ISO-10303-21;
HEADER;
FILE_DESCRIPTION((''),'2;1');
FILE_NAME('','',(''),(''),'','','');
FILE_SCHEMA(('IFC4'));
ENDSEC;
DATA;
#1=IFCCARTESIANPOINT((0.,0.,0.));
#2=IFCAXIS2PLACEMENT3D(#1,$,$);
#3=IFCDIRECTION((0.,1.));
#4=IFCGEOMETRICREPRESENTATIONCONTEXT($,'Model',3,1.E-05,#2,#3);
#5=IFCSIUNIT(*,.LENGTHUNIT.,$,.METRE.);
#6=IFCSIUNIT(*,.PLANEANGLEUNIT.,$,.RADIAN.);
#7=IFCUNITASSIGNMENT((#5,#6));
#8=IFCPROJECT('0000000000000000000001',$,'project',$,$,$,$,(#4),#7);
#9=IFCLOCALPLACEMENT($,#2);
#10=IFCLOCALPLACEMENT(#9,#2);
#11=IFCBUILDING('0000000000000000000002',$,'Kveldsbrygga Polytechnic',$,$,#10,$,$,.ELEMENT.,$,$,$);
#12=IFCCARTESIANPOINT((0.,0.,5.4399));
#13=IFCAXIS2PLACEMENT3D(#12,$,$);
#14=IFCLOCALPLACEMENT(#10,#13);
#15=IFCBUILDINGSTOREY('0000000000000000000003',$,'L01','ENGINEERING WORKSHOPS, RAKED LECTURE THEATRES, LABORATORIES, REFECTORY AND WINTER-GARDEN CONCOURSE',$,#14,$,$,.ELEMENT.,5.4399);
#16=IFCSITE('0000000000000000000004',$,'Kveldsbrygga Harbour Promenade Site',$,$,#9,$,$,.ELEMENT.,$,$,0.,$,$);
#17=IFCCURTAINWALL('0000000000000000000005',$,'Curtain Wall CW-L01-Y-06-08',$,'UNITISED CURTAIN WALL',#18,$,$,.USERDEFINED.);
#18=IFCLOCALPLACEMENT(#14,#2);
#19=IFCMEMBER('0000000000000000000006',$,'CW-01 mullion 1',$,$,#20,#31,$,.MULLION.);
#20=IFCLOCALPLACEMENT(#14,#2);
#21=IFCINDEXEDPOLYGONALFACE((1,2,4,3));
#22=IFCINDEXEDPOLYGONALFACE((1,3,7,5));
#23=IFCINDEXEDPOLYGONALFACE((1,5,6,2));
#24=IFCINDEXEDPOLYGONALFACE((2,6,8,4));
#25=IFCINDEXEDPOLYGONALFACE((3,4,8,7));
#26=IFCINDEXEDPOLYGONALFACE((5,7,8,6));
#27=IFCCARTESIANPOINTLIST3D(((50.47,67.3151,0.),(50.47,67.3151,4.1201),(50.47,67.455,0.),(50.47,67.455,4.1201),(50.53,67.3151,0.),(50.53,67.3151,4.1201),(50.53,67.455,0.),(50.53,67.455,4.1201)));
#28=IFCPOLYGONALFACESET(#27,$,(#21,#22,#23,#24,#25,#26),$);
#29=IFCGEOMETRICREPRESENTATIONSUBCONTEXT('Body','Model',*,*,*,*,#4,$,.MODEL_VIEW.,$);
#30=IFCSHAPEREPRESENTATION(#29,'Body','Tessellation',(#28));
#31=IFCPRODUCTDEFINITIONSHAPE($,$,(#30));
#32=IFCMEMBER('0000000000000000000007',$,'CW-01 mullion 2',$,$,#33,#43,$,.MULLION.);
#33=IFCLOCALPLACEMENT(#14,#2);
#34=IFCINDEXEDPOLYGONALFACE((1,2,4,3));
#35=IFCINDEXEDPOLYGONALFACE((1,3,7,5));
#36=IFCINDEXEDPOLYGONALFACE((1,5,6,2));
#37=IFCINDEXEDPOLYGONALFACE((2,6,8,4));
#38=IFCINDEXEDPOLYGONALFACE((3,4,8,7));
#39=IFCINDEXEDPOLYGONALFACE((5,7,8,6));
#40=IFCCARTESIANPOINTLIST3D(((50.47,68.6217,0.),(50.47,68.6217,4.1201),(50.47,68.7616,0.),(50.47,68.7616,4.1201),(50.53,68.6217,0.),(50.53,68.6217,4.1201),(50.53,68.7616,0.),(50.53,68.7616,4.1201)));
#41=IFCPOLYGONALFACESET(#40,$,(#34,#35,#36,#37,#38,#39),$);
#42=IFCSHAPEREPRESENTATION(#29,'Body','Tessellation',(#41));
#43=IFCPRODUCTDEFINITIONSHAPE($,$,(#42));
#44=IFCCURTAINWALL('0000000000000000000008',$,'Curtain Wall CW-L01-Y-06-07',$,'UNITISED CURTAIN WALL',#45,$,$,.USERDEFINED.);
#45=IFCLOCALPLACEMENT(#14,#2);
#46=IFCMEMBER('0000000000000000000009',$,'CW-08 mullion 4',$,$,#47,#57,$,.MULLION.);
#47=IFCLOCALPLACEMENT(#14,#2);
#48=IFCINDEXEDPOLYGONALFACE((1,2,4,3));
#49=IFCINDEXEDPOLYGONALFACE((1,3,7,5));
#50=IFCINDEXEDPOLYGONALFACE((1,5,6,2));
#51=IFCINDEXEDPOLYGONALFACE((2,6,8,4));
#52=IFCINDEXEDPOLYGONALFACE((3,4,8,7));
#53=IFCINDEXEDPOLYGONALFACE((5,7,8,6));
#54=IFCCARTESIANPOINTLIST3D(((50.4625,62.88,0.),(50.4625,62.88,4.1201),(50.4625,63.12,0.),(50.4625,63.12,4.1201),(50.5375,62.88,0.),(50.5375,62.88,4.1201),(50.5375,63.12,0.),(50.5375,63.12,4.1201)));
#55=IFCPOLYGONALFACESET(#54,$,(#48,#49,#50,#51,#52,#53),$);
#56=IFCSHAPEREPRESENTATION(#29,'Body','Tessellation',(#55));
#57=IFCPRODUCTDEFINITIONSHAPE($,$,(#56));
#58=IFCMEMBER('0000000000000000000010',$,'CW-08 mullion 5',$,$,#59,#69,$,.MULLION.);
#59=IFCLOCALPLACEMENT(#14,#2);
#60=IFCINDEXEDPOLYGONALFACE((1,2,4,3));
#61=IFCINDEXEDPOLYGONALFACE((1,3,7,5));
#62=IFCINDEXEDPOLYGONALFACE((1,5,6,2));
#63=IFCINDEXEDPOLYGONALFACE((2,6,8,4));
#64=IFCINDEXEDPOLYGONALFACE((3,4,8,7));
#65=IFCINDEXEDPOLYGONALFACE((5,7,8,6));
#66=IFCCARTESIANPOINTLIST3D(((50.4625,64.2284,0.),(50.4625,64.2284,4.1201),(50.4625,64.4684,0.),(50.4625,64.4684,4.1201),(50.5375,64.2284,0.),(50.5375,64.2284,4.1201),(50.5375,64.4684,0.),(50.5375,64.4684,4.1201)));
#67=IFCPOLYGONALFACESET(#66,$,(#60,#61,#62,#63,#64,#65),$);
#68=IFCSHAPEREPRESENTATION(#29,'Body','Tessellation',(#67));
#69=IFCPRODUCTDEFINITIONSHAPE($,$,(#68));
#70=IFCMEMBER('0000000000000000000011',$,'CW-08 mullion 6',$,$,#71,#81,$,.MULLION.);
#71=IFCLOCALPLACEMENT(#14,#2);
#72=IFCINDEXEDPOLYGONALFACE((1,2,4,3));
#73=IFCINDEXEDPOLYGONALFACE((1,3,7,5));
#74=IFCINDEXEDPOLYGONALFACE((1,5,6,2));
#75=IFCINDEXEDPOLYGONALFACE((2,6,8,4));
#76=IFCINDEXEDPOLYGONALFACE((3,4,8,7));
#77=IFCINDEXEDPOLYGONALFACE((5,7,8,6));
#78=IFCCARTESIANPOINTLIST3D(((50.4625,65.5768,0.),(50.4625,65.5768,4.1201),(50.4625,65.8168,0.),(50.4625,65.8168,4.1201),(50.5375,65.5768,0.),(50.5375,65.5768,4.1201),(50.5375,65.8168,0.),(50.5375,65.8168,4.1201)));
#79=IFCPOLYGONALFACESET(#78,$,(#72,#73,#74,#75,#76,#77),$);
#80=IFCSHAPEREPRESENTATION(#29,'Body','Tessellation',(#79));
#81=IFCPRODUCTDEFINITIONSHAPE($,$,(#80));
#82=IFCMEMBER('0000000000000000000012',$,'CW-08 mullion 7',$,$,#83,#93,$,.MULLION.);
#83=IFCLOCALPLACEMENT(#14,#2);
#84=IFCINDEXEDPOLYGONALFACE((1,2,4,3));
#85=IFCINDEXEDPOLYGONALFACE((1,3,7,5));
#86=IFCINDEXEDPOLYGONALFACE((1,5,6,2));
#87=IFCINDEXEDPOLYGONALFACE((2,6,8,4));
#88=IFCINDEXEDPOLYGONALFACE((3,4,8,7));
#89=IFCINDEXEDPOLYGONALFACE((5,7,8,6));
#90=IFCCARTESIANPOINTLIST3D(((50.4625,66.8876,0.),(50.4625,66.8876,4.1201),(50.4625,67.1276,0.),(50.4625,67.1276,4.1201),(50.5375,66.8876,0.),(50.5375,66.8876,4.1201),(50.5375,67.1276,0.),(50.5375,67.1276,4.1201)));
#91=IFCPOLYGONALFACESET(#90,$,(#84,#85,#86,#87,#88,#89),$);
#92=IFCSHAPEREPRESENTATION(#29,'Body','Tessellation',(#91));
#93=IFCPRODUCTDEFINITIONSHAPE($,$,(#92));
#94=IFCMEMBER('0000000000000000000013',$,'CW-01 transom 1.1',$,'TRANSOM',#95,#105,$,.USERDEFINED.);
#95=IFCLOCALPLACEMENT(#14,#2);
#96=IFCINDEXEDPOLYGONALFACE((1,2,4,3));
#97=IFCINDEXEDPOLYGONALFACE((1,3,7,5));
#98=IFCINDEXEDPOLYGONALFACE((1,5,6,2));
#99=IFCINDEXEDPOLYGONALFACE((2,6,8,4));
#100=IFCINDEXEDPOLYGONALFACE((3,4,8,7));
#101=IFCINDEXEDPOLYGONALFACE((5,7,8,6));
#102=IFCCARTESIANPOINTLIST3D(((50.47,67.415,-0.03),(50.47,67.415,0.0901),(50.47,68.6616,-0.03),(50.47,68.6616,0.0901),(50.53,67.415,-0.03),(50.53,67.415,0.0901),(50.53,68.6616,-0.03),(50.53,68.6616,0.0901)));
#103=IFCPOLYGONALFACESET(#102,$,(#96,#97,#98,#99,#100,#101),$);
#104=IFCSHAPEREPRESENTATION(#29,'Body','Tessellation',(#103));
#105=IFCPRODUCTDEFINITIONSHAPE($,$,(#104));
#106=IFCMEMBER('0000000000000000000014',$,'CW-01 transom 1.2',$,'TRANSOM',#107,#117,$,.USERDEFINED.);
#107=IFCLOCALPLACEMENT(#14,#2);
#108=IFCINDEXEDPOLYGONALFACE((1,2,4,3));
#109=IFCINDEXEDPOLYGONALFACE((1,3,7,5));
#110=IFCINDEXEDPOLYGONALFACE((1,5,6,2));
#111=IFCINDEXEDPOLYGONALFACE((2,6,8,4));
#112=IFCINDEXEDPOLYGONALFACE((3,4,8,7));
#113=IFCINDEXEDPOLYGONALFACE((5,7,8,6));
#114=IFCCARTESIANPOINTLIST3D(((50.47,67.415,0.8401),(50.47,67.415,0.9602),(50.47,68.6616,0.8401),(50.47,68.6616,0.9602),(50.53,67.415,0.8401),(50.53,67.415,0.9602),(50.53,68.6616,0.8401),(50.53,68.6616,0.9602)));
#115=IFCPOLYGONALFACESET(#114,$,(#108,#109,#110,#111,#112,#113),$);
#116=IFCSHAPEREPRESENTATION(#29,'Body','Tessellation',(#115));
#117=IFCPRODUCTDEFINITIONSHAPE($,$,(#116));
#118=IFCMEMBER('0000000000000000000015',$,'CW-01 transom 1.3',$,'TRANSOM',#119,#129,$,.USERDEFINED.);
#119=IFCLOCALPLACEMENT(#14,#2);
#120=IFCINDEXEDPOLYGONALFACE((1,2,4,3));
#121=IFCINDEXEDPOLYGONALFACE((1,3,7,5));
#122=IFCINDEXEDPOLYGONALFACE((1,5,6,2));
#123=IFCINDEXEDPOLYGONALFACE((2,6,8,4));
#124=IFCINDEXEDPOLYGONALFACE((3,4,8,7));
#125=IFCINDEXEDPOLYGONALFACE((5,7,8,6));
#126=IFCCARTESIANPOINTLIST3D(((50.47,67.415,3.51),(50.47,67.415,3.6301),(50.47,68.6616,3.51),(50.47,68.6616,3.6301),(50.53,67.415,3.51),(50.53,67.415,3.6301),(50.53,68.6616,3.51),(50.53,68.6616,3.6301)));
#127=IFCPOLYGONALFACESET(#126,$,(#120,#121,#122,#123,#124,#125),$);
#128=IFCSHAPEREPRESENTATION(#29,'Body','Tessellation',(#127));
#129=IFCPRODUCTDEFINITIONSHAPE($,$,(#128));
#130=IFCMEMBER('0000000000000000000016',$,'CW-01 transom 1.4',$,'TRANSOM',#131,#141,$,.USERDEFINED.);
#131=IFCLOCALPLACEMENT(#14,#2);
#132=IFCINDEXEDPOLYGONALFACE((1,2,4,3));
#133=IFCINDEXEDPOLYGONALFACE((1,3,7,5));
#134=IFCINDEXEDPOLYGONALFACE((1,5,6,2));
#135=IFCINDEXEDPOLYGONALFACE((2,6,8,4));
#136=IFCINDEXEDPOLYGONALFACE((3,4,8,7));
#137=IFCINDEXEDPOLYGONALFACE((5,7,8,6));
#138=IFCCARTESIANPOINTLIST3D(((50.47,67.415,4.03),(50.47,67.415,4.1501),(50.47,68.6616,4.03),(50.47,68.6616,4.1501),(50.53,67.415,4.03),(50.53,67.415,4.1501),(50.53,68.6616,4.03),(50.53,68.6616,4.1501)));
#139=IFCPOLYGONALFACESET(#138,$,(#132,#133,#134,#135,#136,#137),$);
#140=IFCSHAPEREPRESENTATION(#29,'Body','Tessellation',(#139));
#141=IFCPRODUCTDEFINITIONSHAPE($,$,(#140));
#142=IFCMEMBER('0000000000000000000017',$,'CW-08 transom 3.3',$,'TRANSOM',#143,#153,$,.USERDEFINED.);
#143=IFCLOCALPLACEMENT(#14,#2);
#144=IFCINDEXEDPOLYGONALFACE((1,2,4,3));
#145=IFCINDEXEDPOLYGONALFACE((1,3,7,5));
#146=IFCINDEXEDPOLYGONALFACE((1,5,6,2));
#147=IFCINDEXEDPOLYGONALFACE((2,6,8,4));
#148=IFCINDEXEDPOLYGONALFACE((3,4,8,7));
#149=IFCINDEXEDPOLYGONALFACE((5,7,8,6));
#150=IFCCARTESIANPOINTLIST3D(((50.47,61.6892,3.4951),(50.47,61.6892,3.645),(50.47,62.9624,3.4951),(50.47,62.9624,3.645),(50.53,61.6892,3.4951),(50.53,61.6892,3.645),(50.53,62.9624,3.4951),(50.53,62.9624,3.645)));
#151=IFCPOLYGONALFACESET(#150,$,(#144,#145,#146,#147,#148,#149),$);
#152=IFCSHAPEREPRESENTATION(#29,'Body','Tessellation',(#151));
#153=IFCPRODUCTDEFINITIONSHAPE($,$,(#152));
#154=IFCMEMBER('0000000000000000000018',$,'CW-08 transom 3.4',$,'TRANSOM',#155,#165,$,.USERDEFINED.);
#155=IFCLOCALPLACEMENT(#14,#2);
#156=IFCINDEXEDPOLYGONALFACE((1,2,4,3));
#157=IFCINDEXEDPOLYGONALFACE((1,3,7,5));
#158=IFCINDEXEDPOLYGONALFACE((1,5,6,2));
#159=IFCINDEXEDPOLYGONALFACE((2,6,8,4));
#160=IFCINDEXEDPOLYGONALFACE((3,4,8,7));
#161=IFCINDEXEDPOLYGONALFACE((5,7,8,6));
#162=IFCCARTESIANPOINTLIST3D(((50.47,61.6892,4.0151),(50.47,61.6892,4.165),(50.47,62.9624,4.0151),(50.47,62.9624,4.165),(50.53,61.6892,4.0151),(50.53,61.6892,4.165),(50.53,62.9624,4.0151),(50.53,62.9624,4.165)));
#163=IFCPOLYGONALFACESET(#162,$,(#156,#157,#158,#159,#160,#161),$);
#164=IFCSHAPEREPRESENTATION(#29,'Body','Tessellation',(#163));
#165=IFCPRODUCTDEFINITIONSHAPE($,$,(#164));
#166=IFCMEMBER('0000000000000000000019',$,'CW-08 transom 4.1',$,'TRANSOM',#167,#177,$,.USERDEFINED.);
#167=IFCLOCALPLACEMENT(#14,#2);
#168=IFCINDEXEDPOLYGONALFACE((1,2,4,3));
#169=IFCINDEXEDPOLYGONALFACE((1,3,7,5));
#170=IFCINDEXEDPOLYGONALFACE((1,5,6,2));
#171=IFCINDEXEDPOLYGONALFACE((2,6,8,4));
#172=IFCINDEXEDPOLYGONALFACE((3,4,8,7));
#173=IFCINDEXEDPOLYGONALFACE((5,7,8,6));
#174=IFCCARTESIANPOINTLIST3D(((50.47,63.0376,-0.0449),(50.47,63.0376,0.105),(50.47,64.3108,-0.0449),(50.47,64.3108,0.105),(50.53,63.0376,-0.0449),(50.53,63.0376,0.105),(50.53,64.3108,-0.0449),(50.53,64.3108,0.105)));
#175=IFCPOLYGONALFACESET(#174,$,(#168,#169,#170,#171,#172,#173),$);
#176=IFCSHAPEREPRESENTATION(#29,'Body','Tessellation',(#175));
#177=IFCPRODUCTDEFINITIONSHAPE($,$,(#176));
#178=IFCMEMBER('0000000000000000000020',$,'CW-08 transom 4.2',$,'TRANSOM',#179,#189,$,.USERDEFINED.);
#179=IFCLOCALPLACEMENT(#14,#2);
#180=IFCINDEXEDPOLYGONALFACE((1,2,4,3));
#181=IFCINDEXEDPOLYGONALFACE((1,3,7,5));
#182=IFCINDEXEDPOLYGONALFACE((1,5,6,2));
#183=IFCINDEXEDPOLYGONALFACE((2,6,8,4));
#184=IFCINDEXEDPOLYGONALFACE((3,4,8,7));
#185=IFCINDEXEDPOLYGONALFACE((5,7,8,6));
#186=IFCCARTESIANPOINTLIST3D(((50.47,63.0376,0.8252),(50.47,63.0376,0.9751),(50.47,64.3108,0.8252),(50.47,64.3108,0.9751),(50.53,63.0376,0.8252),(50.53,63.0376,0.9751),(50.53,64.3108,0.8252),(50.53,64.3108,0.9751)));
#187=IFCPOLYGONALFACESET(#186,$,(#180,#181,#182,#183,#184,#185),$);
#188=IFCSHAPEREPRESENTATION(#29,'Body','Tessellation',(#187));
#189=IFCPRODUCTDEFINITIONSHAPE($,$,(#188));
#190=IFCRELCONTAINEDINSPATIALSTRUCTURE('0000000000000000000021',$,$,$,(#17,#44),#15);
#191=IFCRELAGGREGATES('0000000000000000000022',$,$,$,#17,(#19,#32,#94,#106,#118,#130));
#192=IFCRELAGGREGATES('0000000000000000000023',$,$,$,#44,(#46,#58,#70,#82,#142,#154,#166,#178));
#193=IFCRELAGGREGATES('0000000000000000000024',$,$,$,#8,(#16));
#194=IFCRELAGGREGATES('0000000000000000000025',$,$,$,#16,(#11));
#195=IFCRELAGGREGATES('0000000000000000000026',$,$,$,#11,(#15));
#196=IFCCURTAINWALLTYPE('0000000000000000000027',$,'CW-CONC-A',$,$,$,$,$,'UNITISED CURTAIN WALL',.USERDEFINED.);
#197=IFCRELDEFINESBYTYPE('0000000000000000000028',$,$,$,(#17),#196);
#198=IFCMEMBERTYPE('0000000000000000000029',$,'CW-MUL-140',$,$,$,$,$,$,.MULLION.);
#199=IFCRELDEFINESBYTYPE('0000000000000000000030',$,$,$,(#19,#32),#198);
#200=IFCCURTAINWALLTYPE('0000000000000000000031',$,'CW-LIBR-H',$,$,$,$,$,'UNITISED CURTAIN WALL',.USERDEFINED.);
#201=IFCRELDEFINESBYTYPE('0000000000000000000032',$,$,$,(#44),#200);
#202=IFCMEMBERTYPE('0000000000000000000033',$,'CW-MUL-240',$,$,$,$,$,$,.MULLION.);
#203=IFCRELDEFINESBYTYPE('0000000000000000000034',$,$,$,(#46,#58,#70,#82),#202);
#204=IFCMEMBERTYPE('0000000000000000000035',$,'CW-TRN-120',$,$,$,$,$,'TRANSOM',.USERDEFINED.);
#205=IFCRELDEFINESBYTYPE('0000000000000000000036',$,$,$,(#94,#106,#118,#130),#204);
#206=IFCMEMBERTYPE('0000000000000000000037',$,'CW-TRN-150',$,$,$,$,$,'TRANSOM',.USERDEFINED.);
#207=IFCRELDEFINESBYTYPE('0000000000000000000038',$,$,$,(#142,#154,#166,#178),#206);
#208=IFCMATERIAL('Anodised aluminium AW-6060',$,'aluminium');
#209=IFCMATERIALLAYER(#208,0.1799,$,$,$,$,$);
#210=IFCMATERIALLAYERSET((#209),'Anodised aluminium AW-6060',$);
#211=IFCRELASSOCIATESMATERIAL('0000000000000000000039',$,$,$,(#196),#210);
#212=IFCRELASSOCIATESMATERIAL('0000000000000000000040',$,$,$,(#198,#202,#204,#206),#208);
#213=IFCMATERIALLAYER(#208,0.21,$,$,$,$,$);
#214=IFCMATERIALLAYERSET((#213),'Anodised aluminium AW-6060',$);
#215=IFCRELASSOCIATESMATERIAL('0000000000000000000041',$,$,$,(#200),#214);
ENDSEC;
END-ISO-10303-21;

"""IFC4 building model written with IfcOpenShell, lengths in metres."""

from ifc_helpers import new_model, si_unit, direction, frame, origin, origin_2d, place, context, subcontext, project, spatial, rectangle, extrude, material, layer, layer_set, material_profile, profile_set, type_object, element, aggregate, save


model = new_model("IFC4")

# Units and contexts
model_context = context("Model", 3, precision=1e-05, world=origin(), true_north=direction((0.0, 1.0)))
body_context = subcontext(model_context, "Body", "Model", "MODEL_VIEW")
ifc_project = project(units=[si_unit("LENGTHUNIT", "METRE"), si_unit("PLANEANGLEUNIT", "RADIAN")], contexts=[model_context])

# Site, building, storey
site_placement = place(None, origin())
site = spatial("IfcSite", under=ifc_project, at=site_placement, Name="Kveldsbrygga Harbour Promenade Site", CompositionType="ELEMENT", RefElevation=0.0)
building_placement = place(site_placement, origin())
building = spatial("IfcBuilding", under=site, at=building_placement, Name="Kveldsbrygga Polytechnic", CompositionType="ELEMENT")
storey_placement = place(building_placement, frame((0.0, 0.0, 5.4399)))
storey = spatial("IfcBuildingStorey", under=building, at=storey_placement, Name="L01", Description="ENGINEERING WORKSHOPS, RAKED LECTURE THEATRES, LABORATORIES, REFECTORY AND WINTER-GARDEN CONCOURSE", CompositionType="ELEMENT", Elevation=5.4399)

# Curtain walls, members
ifc_material_1 = material(Name="Anodised aluminium AW-6060", Category="aluminium")
ifc_layer_1 = layer(ifc_material_1, 0.1799)
ifc_layer_set_1 = layer_set([ifc_layer_1], Name="Anodised aluminium AW-6060")
curtain_wall_type_1 = type_object("IfcCurtainWallType", Name="CW-CONC-A", ElementType="UNITISED CURTAIN WALL", PredefinedType="USERDEFINED", material=ifc_layer_set_1)
curtain_wall_1_placement = place(storey_placement, origin())
curtain_wall_1 = element("IfcCurtainWall", 1, at=curtain_wall_1_placement, inside=storey, type_object=curtain_wall_type_1, Name="Curtain Wall CW-L01-Y-06-08", ObjectType="UNITISED CURTAIN WALL", PredefinedType="USERDEFINED")
ifc_material_profile_1 = material_profile(ifc_material_1, rectangle(XDim=0.0601, YDim=0.1399, at=origin_2d()), Name="ALU 60x140")
ifc_profile_set_1 = profile_set([ifc_material_profile_1], Name="Anodised aluminium AW-6060")
member_type_1 = type_object("IfcMemberType", Name="CW-MUL-140", PredefinedType="MULLION", material=ifc_profile_set_1)
member_1_placement = place(storey_placement, frame((50.5, 67.385, 0.0), z_axis=(0.0, 0.0, 1.0), x_axis=(-1.0, 0.0, 0.0)))
member_1 = element("IfcMember", 2, at=member_1_placement, type_object=member_type_1, Name="CW-01 mullion 1", PredefinedType="MULLION", context=body_context, shape_type="SweptSolid", body=[
    extrude(rectangle(XDim=0.0601, YDim=0.1399, at=origin_2d()), origin(), (0.0, 0.0, 1.0), 4.1201),
])
member_2_placement = place(storey_placement, frame((50.5, 68.6917, 0.0), z_axis=(0.0, 0.0, 1.0), x_axis=(-1.0, 0.0, 0.0)))
member_2 = element("IfcMember", 3, at=member_2_placement, type_object=member_type_1, Name="CW-01 mullion 2", PredefinedType="MULLION", context=body_context, shape_type="SweptSolid", body=[
    extrude(rectangle(XDim=0.0601, YDim=0.1399, at=origin_2d()), origin(), (0.0, 0.0, 1.0), 4.1201),
])
ifc_layer_2 = layer(ifc_material_1, 0.21)
ifc_layer_set_2 = layer_set([ifc_layer_2], Name="Anodised aluminium AW-6060")
curtain_wall_type_2 = type_object("IfcCurtainWallType", Name="CW-LIBR-H", ElementType="UNITISED CURTAIN WALL", PredefinedType="USERDEFINED", material=ifc_layer_set_2)
curtain_wall_2_placement = place(storey_placement, origin())
curtain_wall_2 = element("IfcCurtainWall", 4, at=curtain_wall_2_placement, inside=storey, type_object=curtain_wall_type_2, Name="Curtain Wall CW-L01-Y-06-07", ObjectType="UNITISED CURTAIN WALL", PredefinedType="USERDEFINED")
ifc_material_profile_2 = material_profile(ifc_material_1, rectangle(XDim=0.075, YDim=0.24, at=origin_2d()), Name="ALU 75x240")
ifc_profile_set_2 = profile_set([ifc_material_profile_2], Name="Anodised aluminium AW-6060")
member_type_2 = type_object("IfcMemberType", Name="CW-MUL-240", PredefinedType="MULLION", material=ifc_profile_set_2)
member_3_placement = place(storey_placement, frame((50.5, 63.0, 0.0), z_axis=(0.0, 0.0, 1.0), x_axis=(-1.0, 0.0, 0.0)))
member_3 = element("IfcMember", 5, at=member_3_placement, type_object=member_type_2, Name="CW-08 mullion 4", PredefinedType="MULLION", context=body_context, shape_type="SweptSolid", body=[
    extrude(rectangle(XDim=0.075, YDim=0.24, at=origin_2d()), origin(), (0.0, 0.0, 1.0), 4.1201),
])
member_4_placement = place(storey_placement, frame((50.5, 64.3484, 0.0), z_axis=(0.0, 0.0, 1.0), x_axis=(-1.0, 0.0, 0.0)))
member_4 = element("IfcMember", 6, at=member_4_placement, type_object=member_type_2, Name="CW-08 mullion 5", PredefinedType="MULLION", context=body_context, shape_type="SweptSolid", body=[
    extrude(rectangle(XDim=0.075, YDim=0.24, at=origin_2d()), origin(), (0.0, 0.0, 1.0), 4.1201),
])
member_5_placement = place(storey_placement, frame((50.5, 65.6968, 0.0), z_axis=(0.0, 0.0, 1.0), x_axis=(-1.0, 0.0, 0.0)))
member_5 = element("IfcMember", 7, at=member_5_placement, type_object=member_type_2, Name="CW-08 mullion 6", PredefinedType="MULLION", context=body_context, shape_type="SweptSolid", body=[
    extrude(rectangle(XDim=0.075, YDim=0.24, at=origin_2d()), origin(), (0.0, 0.0, 1.0), 4.1201),
])
member_6_placement = place(storey_placement, frame((50.5, 67.0076, 0.0), z_axis=(0.0, 0.0, 1.0), x_axis=(-1.0, 0.0, 0.0)))
member_6 = element("IfcMember", 8, at=member_6_placement, type_object=member_type_2, Name="CW-08 mullion 7", PredefinedType="MULLION", context=body_context, shape_type="SweptSolid", body=[
    extrude(rectangle(XDim=0.075, YDim=0.24, at=origin_2d()), origin(), (0.0, 0.0, 1.0), 4.1201),
])

# Members
ifc_material_profile_3 = material_profile(ifc_material_1, rectangle(XDim=0.0601, YDim=0.1201, at=origin_2d()), Name="ALU 60x120")
ifc_profile_set_3 = profile_set([ifc_material_profile_3], Name="Anodised aluminium AW-6060")
member_type_3 = type_object("IfcMemberType", Name="CW-TRN-120", ElementType="TRANSOM", PredefinedType="USERDEFINED", material=ifc_profile_set_3)
member_7_placement = place(storey_placement, frame((50.5, 67.415, 0.03), z_axis=(0.0, 1.0, 0.0), x_axis=(-1.0, 0.0, 0.0)))
member_7 = element("IfcMember", 9, at=member_7_placement, type_object=member_type_3, Name="CW-01 transom 1.1", ObjectType="TRANSOM", PredefinedType="USERDEFINED", context=body_context, shape_type="SweptSolid", body=[
    extrude(rectangle(XDim=0.0601, YDim=0.1201, at=origin_2d()), origin(), (0.0, 0.0, 1.0), 1.2466),
])
member_8_placement = place(storey_placement, frame((50.5, 67.415, 0.9001), z_axis=(0.0, 1.0, 0.0), x_axis=(-1.0, 0.0, 0.0)))
member_8 = element("IfcMember", 10, at=member_8_placement, type_object=member_type_3, Name="CW-01 transom 1.2", ObjectType="TRANSOM", PredefinedType="USERDEFINED", context=body_context, shape_type="SweptSolid", body=[
    extrude(rectangle(XDim=0.0601, YDim=0.1201, at=origin_2d()), origin(), (0.0, 0.0, 1.0), 1.2466),
])
member_9_placement = place(storey_placement, frame((50.5, 67.415, 3.5701), z_axis=(0.0, 1.0, 0.0), x_axis=(-1.0, 0.0, 0.0)))
member_9 = element("IfcMember", 11, at=member_9_placement, type_object=member_type_3, Name="CW-01 transom 1.3", ObjectType="TRANSOM", PredefinedType="USERDEFINED", context=body_context, shape_type="SweptSolid", body=[
    extrude(rectangle(XDim=0.0601, YDim=0.1201, at=origin_2d()), origin(), (0.0, 0.0, 1.0), 1.2466),
])
member_10_placement = place(storey_placement, frame((50.5, 67.415, 4.0901), z_axis=(0.0, 1.0, 0.0), x_axis=(-1.0, 0.0, 0.0)))
member_10 = element("IfcMember", 12, at=member_10_placement, type_object=member_type_3, Name="CW-01 transom 1.4", ObjectType="TRANSOM", PredefinedType="USERDEFINED", context=body_context, shape_type="SweptSolid", body=[
    extrude(rectangle(XDim=0.0601, YDim=0.1201, at=origin_2d()), origin(), (0.0, 0.0, 1.0), 1.2466),
])
ifc_material_profile_4 = material_profile(ifc_material_1, rectangle(XDim=0.0601, YDim=0.1499, at=origin_2d()), Name="ALU 60x150")
ifc_profile_set_4 = profile_set([ifc_material_profile_4], Name="Anodised aluminium AW-6060")
member_type_4 = type_object("IfcMemberType", Name="CW-TRN-150", ElementType="TRANSOM", PredefinedType="USERDEFINED", material=ifc_profile_set_4)
member_11_placement = place(storey_placement, frame((50.5, 61.6892, 3.5701), z_axis=(0.0, 1.0, 0.0), x_axis=(-1.0, 0.0, 0.0)))
member_11 = element("IfcMember", 13, at=member_11_placement, type_object=member_type_4, Name="CW-08 transom 3.3", ObjectType="TRANSOM", PredefinedType="USERDEFINED", context=body_context, shape_type="SweptSolid", body=[
    extrude(rectangle(XDim=0.0601, YDim=0.1499, at=origin_2d()), origin(), (0.0, 0.0, 1.0), 1.2732),
])
member_12_placement = place(storey_placement, frame((50.5, 61.6892, 4.0901), z_axis=(0.0, 1.0, 0.0), x_axis=(-1.0, 0.0, 0.0)))
member_12 = element("IfcMember", 14, at=member_12_placement, type_object=member_type_4, Name="CW-08 transom 3.4", ObjectType="TRANSOM", PredefinedType="USERDEFINED", context=body_context, shape_type="SweptSolid", body=[
    extrude(rectangle(XDim=0.0601, YDim=0.1499, at=origin_2d()), origin(), (0.0, 0.0, 1.0), 1.2732),
])
member_13_placement = place(storey_placement, frame((50.5, 63.0376, 0.03), z_axis=(0.0, 1.0, 0.0), x_axis=(-1.0, 0.0, 0.0)))
member_13 = element("IfcMember", 15, at=member_13_placement, type_object=member_type_4, Name="CW-08 transom 4.1", ObjectType="TRANSOM", PredefinedType="USERDEFINED", context=body_context, shape_type="SweptSolid", body=[
    extrude(rectangle(XDim=0.0601, YDim=0.1499, at=origin_2d()), origin(), (0.0, 0.0, 1.0), 1.2732),
])
member_14_placement = place(storey_placement, frame((50.5, 63.0376, 0.9001), z_axis=(0.0, 1.0, 0.0), x_axis=(-1.0, 0.0, 0.0)))
member_14 = element("IfcMember", 16, at=member_14_placement, type_object=member_type_4, Name="CW-08 transom 4.2", ObjectType="TRANSOM", PredefinedType="USERDEFINED", context=body_context, shape_type="SweptSolid", body=[
    extrude(rectangle(XDim=0.0601, YDim=0.1499, at=origin_2d()), origin(), (0.0, 0.0, 1.0), 1.2732),
])

aggregate(curtain_wall_1, [member_1, member_2, member_7, member_8, member_9, member_10])
aggregate(curtain_wall_2, [member_3, member_4, member_5, member_6, member_11, member_12, member_13, member_14])

save(model, "model.ifc")
